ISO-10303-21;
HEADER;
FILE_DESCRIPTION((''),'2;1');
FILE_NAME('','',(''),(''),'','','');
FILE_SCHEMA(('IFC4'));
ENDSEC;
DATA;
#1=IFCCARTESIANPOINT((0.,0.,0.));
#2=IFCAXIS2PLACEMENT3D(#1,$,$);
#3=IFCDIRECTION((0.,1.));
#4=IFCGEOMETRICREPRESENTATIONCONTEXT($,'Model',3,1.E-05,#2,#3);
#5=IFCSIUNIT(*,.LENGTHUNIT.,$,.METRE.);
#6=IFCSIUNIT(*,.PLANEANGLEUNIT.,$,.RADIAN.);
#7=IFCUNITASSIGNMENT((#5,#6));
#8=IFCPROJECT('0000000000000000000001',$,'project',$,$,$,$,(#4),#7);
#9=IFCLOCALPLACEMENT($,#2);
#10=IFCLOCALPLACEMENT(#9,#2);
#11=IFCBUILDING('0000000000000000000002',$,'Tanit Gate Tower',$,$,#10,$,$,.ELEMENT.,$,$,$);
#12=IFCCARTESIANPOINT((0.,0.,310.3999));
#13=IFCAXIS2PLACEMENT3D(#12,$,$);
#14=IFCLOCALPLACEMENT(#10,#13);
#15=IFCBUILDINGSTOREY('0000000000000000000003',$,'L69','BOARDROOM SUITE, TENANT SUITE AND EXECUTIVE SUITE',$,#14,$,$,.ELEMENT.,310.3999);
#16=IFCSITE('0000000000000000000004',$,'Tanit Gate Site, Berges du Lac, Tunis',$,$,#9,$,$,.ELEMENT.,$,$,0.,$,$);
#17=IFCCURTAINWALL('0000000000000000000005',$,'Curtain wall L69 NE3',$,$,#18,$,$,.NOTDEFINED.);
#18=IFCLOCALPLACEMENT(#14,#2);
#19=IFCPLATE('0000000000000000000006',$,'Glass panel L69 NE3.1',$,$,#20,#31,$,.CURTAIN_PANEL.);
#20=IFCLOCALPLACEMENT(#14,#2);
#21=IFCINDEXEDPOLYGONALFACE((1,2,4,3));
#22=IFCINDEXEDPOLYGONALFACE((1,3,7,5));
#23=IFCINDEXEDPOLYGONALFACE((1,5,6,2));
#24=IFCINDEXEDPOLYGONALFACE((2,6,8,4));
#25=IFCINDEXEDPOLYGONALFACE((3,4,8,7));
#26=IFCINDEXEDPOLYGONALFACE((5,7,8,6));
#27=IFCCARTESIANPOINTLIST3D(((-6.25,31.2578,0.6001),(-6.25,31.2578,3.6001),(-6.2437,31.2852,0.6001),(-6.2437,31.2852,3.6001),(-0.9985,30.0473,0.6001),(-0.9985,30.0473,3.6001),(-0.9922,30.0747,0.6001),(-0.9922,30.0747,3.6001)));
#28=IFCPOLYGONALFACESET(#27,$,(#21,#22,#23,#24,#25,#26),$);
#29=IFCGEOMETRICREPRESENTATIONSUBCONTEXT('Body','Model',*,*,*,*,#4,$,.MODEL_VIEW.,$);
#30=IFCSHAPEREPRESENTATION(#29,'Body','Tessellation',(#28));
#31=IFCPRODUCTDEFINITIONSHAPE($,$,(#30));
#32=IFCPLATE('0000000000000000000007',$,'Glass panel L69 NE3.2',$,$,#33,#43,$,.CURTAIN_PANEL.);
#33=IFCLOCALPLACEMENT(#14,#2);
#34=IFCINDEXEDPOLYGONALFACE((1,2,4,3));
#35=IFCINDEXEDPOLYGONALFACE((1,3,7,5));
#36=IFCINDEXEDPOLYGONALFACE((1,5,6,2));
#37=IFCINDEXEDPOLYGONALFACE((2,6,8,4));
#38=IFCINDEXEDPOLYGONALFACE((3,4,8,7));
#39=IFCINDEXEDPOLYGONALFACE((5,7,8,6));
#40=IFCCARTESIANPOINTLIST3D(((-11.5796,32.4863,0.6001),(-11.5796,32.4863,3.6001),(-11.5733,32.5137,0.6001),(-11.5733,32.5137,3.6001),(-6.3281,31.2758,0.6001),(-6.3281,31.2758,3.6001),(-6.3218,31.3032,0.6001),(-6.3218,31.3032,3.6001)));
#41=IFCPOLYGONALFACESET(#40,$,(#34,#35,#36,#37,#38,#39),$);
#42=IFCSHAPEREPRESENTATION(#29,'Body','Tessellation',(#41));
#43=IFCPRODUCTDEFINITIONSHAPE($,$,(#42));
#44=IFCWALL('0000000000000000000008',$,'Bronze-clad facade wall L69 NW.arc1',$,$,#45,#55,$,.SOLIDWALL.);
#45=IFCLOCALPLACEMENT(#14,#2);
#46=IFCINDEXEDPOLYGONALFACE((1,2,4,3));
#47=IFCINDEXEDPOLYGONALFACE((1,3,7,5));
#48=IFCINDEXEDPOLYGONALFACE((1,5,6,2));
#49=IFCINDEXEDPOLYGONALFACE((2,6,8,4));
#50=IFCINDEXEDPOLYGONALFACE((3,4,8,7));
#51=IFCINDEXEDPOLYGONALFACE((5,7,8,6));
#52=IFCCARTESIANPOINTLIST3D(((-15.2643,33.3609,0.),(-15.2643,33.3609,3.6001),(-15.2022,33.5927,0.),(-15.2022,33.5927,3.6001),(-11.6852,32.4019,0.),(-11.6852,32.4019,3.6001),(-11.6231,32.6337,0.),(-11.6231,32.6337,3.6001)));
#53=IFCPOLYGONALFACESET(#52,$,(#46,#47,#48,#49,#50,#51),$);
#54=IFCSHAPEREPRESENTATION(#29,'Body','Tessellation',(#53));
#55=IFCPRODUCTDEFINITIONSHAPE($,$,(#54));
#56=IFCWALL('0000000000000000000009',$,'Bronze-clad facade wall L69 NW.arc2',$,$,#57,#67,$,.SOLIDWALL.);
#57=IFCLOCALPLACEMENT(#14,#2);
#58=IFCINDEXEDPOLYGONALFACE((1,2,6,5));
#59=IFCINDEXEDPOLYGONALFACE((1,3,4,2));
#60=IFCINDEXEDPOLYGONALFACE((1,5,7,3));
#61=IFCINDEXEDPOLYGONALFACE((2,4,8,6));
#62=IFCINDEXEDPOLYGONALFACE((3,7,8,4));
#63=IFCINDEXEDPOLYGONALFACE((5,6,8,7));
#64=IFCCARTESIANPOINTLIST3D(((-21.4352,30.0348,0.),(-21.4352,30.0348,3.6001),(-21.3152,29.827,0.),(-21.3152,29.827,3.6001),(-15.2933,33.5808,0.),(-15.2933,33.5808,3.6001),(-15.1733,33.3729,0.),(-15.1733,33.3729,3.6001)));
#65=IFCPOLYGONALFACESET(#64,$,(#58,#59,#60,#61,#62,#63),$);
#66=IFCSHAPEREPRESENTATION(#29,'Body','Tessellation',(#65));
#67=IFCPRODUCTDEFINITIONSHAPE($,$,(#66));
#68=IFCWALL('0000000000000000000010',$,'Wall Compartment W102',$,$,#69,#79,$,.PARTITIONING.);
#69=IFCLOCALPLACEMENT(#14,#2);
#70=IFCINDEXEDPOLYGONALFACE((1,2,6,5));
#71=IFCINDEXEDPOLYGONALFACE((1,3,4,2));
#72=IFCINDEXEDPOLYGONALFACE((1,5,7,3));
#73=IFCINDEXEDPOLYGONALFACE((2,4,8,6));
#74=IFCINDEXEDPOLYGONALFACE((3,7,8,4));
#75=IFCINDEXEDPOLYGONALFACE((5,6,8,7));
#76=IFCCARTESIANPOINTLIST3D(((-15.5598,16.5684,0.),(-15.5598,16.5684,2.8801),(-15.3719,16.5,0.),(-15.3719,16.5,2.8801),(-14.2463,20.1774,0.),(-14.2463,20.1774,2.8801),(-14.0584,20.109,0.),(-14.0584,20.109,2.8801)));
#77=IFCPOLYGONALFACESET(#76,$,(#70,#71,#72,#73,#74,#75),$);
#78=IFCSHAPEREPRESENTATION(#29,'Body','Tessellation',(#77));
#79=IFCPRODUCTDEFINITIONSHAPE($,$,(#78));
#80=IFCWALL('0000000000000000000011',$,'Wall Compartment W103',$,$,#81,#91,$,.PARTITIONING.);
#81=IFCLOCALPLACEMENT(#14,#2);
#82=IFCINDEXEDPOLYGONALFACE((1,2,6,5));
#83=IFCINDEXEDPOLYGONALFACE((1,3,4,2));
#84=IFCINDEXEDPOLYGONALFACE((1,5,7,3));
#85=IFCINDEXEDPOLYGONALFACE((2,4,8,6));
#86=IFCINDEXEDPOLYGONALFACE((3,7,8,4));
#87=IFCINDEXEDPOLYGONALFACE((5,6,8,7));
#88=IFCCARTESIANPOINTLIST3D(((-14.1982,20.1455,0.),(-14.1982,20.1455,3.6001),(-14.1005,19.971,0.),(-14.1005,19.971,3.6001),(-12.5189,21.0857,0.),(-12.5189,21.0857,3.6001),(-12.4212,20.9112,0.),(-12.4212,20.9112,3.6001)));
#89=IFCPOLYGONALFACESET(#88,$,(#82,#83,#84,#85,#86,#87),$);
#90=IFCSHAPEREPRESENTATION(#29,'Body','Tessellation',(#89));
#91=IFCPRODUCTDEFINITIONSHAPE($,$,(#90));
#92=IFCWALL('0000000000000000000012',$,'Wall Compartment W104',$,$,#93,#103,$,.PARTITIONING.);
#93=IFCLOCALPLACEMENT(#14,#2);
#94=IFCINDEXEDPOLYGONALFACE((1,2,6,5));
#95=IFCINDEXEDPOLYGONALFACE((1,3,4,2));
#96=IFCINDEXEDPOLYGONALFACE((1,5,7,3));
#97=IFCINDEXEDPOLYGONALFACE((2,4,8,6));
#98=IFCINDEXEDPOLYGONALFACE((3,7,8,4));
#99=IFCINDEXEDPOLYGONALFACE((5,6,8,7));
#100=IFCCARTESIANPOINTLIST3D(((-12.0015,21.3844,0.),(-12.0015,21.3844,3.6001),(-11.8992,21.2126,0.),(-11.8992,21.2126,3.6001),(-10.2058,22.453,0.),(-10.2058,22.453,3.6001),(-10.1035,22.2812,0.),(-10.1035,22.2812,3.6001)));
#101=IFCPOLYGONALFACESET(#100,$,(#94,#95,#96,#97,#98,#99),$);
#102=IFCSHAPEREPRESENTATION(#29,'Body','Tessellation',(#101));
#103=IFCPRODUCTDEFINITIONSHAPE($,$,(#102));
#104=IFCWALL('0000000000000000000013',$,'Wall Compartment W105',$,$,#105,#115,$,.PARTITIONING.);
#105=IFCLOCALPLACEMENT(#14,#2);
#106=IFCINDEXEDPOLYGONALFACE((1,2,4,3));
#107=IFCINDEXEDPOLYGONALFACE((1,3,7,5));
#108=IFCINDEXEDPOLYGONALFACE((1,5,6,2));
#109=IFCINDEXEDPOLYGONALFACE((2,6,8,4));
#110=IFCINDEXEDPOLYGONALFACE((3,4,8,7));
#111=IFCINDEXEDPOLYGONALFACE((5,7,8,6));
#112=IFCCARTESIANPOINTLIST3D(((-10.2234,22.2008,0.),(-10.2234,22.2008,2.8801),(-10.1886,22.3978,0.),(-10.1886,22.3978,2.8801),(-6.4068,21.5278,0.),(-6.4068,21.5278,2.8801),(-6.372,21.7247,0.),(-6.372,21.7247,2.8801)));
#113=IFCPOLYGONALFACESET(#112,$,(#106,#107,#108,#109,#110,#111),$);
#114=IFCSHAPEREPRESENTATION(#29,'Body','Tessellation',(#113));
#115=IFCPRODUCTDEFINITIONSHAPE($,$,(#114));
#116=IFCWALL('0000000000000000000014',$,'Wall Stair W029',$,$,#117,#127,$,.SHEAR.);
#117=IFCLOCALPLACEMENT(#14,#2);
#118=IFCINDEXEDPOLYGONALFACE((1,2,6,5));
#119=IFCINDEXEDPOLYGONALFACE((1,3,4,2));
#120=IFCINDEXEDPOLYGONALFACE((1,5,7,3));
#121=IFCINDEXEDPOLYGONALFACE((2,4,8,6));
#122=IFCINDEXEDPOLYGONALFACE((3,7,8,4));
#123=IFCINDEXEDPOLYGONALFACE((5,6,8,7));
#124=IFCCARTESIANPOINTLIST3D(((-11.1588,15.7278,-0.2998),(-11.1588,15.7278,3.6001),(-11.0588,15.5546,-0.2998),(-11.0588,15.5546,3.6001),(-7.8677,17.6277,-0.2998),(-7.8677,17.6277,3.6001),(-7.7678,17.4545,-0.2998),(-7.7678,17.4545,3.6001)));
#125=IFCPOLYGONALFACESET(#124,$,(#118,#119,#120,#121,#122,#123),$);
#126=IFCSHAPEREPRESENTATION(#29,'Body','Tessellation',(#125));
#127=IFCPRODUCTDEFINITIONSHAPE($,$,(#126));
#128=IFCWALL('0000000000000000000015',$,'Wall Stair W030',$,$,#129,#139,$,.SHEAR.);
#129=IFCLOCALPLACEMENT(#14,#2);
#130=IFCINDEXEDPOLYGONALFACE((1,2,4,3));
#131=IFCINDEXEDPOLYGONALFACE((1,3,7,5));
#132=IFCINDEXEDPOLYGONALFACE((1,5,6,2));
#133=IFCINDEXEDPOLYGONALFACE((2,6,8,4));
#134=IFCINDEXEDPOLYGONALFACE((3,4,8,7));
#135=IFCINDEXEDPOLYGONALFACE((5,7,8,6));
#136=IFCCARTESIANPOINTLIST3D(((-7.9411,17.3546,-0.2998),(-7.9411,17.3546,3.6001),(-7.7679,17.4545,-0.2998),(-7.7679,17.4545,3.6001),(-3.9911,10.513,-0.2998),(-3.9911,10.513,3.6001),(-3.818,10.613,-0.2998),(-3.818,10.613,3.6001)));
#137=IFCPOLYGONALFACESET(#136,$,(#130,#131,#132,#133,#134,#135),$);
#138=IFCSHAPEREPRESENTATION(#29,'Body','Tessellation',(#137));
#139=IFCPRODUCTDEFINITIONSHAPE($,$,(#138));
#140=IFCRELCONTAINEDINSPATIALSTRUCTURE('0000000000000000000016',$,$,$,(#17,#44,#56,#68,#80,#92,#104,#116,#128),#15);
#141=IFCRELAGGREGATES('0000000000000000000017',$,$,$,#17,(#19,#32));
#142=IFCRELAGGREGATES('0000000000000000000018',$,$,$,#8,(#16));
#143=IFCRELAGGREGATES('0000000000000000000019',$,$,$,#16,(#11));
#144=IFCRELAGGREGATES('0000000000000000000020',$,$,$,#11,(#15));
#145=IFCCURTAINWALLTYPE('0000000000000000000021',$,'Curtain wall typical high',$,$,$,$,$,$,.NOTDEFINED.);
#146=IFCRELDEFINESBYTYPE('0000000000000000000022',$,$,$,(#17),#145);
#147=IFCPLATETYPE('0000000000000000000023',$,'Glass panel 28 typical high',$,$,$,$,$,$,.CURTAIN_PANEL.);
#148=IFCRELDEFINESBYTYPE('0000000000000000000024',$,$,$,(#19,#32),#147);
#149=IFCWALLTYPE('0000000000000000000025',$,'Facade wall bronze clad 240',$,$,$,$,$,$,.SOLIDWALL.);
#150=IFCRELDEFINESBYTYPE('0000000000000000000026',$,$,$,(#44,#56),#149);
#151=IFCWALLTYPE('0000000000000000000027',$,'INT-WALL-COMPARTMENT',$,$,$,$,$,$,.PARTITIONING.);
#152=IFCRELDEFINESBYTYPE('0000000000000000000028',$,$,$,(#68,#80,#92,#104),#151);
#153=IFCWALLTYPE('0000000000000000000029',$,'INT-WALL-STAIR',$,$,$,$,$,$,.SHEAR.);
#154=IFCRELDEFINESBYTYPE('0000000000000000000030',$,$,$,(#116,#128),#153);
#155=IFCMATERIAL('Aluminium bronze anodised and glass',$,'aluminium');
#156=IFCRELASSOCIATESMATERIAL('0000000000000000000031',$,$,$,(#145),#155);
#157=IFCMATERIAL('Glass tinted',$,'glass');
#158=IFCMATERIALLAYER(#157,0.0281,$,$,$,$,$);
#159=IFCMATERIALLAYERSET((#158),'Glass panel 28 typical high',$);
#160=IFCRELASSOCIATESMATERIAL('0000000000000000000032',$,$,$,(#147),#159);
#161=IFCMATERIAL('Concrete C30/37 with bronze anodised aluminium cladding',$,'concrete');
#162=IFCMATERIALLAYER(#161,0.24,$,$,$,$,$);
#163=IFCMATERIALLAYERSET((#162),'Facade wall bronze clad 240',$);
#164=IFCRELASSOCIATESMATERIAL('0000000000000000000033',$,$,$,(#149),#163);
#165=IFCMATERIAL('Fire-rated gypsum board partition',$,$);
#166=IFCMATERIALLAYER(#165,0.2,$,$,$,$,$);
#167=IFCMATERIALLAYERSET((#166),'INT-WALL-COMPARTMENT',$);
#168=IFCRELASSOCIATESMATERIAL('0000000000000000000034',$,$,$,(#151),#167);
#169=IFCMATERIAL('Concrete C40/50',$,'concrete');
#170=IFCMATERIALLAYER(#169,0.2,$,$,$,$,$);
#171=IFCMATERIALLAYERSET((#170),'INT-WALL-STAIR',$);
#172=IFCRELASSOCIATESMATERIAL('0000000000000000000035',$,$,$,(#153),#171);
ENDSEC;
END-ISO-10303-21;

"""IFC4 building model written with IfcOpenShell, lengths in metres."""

from ifc_helpers import new_model, si_unit, direction, frame, frame_2d, origin, origin_2d, place, context, subcontext, project, spatial, rectangle, extrude, material, layer, layer_set, type_object, element, aggregate, save


model = new_model("IFC4")

# Units and contexts
model_context = context("Model", 3, precision=1e-05, world=origin(), true_north=direction((0.0, 1.0)))
body_context = subcontext(model_context, "Body", "Model", "MODEL_VIEW")
ifc_project = project(units=[si_unit("LENGTHUNIT", "METRE"), si_unit("PLANEANGLEUNIT", "RADIAN")], contexts=[model_context])

# Site, building, storey
site_placement = place(None, origin())
site = spatial("IfcSite", under=ifc_project, at=site_placement, Name="Tanit Gate Site, Berges du Lac, Tunis", CompositionType="ELEMENT", RefElevation=0.0)
building_placement = place(site_placement, origin())
building = spatial("IfcBuilding", under=site, at=building_placement, Name="Tanit Gate Tower", CompositionType="ELEMENT")
storey_placement = place(building_placement, frame((0.0, 0.0, 310.3999)))
storey = spatial("IfcBuildingStorey", under=building, at=storey_placement, Name="L69", Description="BOARDROOM SUITE, TENANT SUITE AND EXECUTIVE SUITE", CompositionType="ELEMENT", Elevation=310.3999)

# Curtain wall
ifc_material_1 = material(Name="Aluminium bronze anodised and glass", Category="aluminium")
curtain_wall_type = type_object("IfcCurtainWallType", Name="Curtain wall typical high", PredefinedType="NOTDEFINED", material=ifc_material_1)
curtain_wall_placement = place(storey_placement, origin())
curtain_wall = element("IfcCurtainWall", 1, at=curtain_wall_placement, inside=storey, type_object=curtain_wall_type, Name="Curtain wall L69 NE3", PredefinedType="NOTDEFINED")

# Plates
ifc_material_2 = material(Name="Glass tinted", Category="glass")
ifc_layer_1 = layer(ifc_material_2, 0.0281)
ifc_layer_set_1 = layer_set([ifc_layer_1], Name="Glass panel 28 typical high")
plate_type = type_object("IfcPlateType", Name="Glass panel 28 typical high", PredefinedType="CURTAIN_PANEL", material=ifc_layer_set_1)
plate_1_placement = place(storey_placement, frame((-3.6211, 30.6663, 0.6001), z_axis=(0.0, 0.0, 1.0), x_axis=(-0.974447, 0.224617, 0.0)))
plate_1 = element("IfcPlate", 2, at=plate_1_placement, type_object=plate_type, Name="Glass panel L69 NE3.1", PredefinedType="CURTAIN_PANEL", context=body_context, shape_type="SweptSolid", body=[
    extrude(rectangle(XDim=5.3892, YDim=0.0281, at=origin_2d()), origin(), (0.0, 0.0, 1.0), 3.0),
])
plate_2_placement = place(storey_placement, frame((-8.9507, 31.8948, 0.6001), z_axis=(0.0, 0.0, 1.0), x_axis=(-0.974447, 0.224617, 0.0)))
plate_2 = element("IfcPlate", 3, at=plate_2_placement, type_object=plate_type, Name="Glass panel L69 NE3.2", PredefinedType="CURTAIN_PANEL", context=body_context, shape_type="SweptSolid", body=[
    extrude(rectangle(XDim=5.3892, YDim=0.0281, at=origin_2d()), origin(), (0.0, 0.0, 1.0), 3.0),
])
aggregate(curtain_wall, [plate_1, plate_2])

# Walls
ifc_material_3 = material(Name="Concrete C30/37 with bronze anodised aluminium cladding", Category="concrete")
ifc_layer_2 = layer(ifc_material_3, 0.24)
ifc_layer_set_2 = layer_set([ifc_layer_2], Name="Facade wall bronze clad 240")
wall_type_1 = type_object("IfcWallType", Name="Facade wall bronze clad 240", PredefinedType="SOLIDWALL", material=ifc_layer_set_2)
wall_1_placement = place(storey_placement, frame((-11.6543, 32.5178, 0.0), z_axis=(0.0, 0.0, 1.0), x_axis=(-0.965928, 0.258811, 0.0)))
element("IfcWall", 4, at=wall_1_placement, inside=storey, type_object=wall_type_1, Name="Bronze-clad facade wall L69 NW.arc1", PredefinedType="SOLIDWALL", context=body_context, shape_type="SweptSolid", body=[
    extrude(rectangle(XDim=3.7053, YDim=0.24, at=frame_2d((1.8525, 0.0))), origin(), (0.0, 0.0, 1.0), 3.6001),
])
wall_2_placement = place(storey_placement, frame((-15.2334, 33.4768, 0.0), z_axis=(0.0, 0.0, 1.0), x_axis=(-0.866031, -0.49999, 0.0)))
element("IfcWall", 5, at=wall_2_placement, inside=storey, type_object=wall_type_1, Name="Bronze-clad facade wall L69 NW.arc2", PredefinedType="SOLIDWALL", context=body_context, shape_type="SweptSolid", body=[
    extrude(rectangle(XDim=7.092, YDim=0.24, at=frame_2d((3.5459, 0.0))), origin(), (0.0, 0.0, 1.0), 3.6001),
])
ifc_material_4 = material(Name="Fire-rated gypsum board partition")
ifc_layer_3 = layer(ifc_material_4, 0.2)
ifc_layer_set_3 = layer_set([ifc_layer_3], Name="INT-WALL-COMPARTMENT")
wall_type_2 = type_object("IfcWallType", Name="INT-WALL-COMPARTMENT", PredefinedType="PARTITIONING", material=ifc_layer_set_3)
wall_3_placement = place(storey_placement, frame((-14.1523, 20.1433, 0.0), z_axis=(0.0, 0.0, 1.0), x_axis=(-0.342008, -0.939697, 0.0)))
element("IfcWall", 6, at=wall_3_placement, inside=storey, type_object=wall_type_2, Name="Wall Compartment W102", PredefinedType="PARTITIONING", context=body_context, shape_type="SweptSolid", body=[
    extrude(rectangle(XDim=3.8406, YDim=0.2, at=frame_2d((1.9204, 0.0))), origin(), (0.0, 0.0, 1.0), 2.8801),
])
wall_4_placement = place(storey_placement, frame((-12.47, 20.9985, 0.0), z_axis=(0.0, 0.0, 1.0), x_axis=(-0.872543, -0.488538, 0.0)))
element("IfcWall", 7, at=wall_4_placement, inside=storey, type_object=wall_type_2, Name="Wall Compartment W103", PredefinedType="PARTITIONING", context=body_context, shape_type="SweptSolid", body=[
    extrude(rectangle(XDim=1.9246, YDim=0.2, at=frame_2d((0.9624, 0.0))), origin(), (0.0, 0.0, 1.0), 3.6001),
])
wall_5_placement = place(storey_placement, frame((-10.1545, 22.3672, 0.0), z_axis=(0.0, 0.0, 1.0), x_axis=(-0.859343, -0.5114, 0.0)))
element("IfcWall", 8, at=wall_5_placement, inside=storey, type_object=wall_type_2, Name="Wall Compartment W104", PredefinedType="PARTITIONING", context=body_context, shape_type="SweptSolid", body=[
    extrude(rectangle(XDim=2.0896, YDim=0.2, at=frame_2d((1.0449, 0.0))), origin(), (0.0, 0.0, 1.0), 3.6001),
])
wall_6_placement = place(storey_placement, frame((-6.3894, 21.6262, 0.0), z_axis=(0.0, 0.0, 1.0), x_axis=(-0.984803, 0.173678, 0.0)))
element("IfcWall", 9, at=wall_6_placement, inside=storey, type_object=wall_type_2, Name="Wall Compartment W105", PredefinedType="PARTITIONING", context=body_context, shape_type="SweptSolid", body=[
    extrude(rectangle(XDim=3.8755, YDim=0.2, at=frame_2d((1.9377, 0.0))), origin(), (0.0, 0.0, 1.0), 2.8801),
])
ifc_material_5 = material(Name="Concrete C40/50", Category="concrete")
ifc_layer_4 = layer(ifc_material_5, 0.2)
ifc_layer_set_4 = layer_set([ifc_layer_4], Name="INT-WALL-STAIR")
wall_type_3 = type_object("IfcWallType", Name="INT-WALL-STAIR", PredefinedType="SHEAR", material=ifc_layer_set_4)
wall_7_placement = place(storey_placement, frame((-7.8179, 17.541, -0.2998), z_axis=(0.0, 0.0, 1.0), x_axis=(-0.866044, -0.499967, 0.0)))
element("IfcWall", 10, at=wall_7_placement, inside=storey, type_object=wall_type_3, Name="Wall Stair W029", PredefinedType="SHEAR", context=body_context, shape_type="SweptSolid", body=[
    extrude(rectangle(XDim=3.8, YDim=0.2, at=frame_2d((1.8999, 0.0))), origin(), (0.0, 0.0, 1.0), 3.8999),
])
wall_8_placement = place(storey_placement, frame((-7.8545, 17.4045, -0.2998), z_axis=(0.0, 0.0, 1.0), x_axis=(0.499998, -0.866027, 0.0)))
element("IfcWall", 11, at=wall_8_placement, inside=storey, type_object=wall_type_3, Name="Wall Stair W030", PredefinedType="SHEAR", context=body_context, shape_type="SweptSolid", body=[
    extrude(rectangle(XDim=7.8999, YDim=0.2, at=frame_2d((3.95, 0.0))), origin(), (0.0, 0.0, 1.0), 3.8999),
])

save(model, "model.ifc")
